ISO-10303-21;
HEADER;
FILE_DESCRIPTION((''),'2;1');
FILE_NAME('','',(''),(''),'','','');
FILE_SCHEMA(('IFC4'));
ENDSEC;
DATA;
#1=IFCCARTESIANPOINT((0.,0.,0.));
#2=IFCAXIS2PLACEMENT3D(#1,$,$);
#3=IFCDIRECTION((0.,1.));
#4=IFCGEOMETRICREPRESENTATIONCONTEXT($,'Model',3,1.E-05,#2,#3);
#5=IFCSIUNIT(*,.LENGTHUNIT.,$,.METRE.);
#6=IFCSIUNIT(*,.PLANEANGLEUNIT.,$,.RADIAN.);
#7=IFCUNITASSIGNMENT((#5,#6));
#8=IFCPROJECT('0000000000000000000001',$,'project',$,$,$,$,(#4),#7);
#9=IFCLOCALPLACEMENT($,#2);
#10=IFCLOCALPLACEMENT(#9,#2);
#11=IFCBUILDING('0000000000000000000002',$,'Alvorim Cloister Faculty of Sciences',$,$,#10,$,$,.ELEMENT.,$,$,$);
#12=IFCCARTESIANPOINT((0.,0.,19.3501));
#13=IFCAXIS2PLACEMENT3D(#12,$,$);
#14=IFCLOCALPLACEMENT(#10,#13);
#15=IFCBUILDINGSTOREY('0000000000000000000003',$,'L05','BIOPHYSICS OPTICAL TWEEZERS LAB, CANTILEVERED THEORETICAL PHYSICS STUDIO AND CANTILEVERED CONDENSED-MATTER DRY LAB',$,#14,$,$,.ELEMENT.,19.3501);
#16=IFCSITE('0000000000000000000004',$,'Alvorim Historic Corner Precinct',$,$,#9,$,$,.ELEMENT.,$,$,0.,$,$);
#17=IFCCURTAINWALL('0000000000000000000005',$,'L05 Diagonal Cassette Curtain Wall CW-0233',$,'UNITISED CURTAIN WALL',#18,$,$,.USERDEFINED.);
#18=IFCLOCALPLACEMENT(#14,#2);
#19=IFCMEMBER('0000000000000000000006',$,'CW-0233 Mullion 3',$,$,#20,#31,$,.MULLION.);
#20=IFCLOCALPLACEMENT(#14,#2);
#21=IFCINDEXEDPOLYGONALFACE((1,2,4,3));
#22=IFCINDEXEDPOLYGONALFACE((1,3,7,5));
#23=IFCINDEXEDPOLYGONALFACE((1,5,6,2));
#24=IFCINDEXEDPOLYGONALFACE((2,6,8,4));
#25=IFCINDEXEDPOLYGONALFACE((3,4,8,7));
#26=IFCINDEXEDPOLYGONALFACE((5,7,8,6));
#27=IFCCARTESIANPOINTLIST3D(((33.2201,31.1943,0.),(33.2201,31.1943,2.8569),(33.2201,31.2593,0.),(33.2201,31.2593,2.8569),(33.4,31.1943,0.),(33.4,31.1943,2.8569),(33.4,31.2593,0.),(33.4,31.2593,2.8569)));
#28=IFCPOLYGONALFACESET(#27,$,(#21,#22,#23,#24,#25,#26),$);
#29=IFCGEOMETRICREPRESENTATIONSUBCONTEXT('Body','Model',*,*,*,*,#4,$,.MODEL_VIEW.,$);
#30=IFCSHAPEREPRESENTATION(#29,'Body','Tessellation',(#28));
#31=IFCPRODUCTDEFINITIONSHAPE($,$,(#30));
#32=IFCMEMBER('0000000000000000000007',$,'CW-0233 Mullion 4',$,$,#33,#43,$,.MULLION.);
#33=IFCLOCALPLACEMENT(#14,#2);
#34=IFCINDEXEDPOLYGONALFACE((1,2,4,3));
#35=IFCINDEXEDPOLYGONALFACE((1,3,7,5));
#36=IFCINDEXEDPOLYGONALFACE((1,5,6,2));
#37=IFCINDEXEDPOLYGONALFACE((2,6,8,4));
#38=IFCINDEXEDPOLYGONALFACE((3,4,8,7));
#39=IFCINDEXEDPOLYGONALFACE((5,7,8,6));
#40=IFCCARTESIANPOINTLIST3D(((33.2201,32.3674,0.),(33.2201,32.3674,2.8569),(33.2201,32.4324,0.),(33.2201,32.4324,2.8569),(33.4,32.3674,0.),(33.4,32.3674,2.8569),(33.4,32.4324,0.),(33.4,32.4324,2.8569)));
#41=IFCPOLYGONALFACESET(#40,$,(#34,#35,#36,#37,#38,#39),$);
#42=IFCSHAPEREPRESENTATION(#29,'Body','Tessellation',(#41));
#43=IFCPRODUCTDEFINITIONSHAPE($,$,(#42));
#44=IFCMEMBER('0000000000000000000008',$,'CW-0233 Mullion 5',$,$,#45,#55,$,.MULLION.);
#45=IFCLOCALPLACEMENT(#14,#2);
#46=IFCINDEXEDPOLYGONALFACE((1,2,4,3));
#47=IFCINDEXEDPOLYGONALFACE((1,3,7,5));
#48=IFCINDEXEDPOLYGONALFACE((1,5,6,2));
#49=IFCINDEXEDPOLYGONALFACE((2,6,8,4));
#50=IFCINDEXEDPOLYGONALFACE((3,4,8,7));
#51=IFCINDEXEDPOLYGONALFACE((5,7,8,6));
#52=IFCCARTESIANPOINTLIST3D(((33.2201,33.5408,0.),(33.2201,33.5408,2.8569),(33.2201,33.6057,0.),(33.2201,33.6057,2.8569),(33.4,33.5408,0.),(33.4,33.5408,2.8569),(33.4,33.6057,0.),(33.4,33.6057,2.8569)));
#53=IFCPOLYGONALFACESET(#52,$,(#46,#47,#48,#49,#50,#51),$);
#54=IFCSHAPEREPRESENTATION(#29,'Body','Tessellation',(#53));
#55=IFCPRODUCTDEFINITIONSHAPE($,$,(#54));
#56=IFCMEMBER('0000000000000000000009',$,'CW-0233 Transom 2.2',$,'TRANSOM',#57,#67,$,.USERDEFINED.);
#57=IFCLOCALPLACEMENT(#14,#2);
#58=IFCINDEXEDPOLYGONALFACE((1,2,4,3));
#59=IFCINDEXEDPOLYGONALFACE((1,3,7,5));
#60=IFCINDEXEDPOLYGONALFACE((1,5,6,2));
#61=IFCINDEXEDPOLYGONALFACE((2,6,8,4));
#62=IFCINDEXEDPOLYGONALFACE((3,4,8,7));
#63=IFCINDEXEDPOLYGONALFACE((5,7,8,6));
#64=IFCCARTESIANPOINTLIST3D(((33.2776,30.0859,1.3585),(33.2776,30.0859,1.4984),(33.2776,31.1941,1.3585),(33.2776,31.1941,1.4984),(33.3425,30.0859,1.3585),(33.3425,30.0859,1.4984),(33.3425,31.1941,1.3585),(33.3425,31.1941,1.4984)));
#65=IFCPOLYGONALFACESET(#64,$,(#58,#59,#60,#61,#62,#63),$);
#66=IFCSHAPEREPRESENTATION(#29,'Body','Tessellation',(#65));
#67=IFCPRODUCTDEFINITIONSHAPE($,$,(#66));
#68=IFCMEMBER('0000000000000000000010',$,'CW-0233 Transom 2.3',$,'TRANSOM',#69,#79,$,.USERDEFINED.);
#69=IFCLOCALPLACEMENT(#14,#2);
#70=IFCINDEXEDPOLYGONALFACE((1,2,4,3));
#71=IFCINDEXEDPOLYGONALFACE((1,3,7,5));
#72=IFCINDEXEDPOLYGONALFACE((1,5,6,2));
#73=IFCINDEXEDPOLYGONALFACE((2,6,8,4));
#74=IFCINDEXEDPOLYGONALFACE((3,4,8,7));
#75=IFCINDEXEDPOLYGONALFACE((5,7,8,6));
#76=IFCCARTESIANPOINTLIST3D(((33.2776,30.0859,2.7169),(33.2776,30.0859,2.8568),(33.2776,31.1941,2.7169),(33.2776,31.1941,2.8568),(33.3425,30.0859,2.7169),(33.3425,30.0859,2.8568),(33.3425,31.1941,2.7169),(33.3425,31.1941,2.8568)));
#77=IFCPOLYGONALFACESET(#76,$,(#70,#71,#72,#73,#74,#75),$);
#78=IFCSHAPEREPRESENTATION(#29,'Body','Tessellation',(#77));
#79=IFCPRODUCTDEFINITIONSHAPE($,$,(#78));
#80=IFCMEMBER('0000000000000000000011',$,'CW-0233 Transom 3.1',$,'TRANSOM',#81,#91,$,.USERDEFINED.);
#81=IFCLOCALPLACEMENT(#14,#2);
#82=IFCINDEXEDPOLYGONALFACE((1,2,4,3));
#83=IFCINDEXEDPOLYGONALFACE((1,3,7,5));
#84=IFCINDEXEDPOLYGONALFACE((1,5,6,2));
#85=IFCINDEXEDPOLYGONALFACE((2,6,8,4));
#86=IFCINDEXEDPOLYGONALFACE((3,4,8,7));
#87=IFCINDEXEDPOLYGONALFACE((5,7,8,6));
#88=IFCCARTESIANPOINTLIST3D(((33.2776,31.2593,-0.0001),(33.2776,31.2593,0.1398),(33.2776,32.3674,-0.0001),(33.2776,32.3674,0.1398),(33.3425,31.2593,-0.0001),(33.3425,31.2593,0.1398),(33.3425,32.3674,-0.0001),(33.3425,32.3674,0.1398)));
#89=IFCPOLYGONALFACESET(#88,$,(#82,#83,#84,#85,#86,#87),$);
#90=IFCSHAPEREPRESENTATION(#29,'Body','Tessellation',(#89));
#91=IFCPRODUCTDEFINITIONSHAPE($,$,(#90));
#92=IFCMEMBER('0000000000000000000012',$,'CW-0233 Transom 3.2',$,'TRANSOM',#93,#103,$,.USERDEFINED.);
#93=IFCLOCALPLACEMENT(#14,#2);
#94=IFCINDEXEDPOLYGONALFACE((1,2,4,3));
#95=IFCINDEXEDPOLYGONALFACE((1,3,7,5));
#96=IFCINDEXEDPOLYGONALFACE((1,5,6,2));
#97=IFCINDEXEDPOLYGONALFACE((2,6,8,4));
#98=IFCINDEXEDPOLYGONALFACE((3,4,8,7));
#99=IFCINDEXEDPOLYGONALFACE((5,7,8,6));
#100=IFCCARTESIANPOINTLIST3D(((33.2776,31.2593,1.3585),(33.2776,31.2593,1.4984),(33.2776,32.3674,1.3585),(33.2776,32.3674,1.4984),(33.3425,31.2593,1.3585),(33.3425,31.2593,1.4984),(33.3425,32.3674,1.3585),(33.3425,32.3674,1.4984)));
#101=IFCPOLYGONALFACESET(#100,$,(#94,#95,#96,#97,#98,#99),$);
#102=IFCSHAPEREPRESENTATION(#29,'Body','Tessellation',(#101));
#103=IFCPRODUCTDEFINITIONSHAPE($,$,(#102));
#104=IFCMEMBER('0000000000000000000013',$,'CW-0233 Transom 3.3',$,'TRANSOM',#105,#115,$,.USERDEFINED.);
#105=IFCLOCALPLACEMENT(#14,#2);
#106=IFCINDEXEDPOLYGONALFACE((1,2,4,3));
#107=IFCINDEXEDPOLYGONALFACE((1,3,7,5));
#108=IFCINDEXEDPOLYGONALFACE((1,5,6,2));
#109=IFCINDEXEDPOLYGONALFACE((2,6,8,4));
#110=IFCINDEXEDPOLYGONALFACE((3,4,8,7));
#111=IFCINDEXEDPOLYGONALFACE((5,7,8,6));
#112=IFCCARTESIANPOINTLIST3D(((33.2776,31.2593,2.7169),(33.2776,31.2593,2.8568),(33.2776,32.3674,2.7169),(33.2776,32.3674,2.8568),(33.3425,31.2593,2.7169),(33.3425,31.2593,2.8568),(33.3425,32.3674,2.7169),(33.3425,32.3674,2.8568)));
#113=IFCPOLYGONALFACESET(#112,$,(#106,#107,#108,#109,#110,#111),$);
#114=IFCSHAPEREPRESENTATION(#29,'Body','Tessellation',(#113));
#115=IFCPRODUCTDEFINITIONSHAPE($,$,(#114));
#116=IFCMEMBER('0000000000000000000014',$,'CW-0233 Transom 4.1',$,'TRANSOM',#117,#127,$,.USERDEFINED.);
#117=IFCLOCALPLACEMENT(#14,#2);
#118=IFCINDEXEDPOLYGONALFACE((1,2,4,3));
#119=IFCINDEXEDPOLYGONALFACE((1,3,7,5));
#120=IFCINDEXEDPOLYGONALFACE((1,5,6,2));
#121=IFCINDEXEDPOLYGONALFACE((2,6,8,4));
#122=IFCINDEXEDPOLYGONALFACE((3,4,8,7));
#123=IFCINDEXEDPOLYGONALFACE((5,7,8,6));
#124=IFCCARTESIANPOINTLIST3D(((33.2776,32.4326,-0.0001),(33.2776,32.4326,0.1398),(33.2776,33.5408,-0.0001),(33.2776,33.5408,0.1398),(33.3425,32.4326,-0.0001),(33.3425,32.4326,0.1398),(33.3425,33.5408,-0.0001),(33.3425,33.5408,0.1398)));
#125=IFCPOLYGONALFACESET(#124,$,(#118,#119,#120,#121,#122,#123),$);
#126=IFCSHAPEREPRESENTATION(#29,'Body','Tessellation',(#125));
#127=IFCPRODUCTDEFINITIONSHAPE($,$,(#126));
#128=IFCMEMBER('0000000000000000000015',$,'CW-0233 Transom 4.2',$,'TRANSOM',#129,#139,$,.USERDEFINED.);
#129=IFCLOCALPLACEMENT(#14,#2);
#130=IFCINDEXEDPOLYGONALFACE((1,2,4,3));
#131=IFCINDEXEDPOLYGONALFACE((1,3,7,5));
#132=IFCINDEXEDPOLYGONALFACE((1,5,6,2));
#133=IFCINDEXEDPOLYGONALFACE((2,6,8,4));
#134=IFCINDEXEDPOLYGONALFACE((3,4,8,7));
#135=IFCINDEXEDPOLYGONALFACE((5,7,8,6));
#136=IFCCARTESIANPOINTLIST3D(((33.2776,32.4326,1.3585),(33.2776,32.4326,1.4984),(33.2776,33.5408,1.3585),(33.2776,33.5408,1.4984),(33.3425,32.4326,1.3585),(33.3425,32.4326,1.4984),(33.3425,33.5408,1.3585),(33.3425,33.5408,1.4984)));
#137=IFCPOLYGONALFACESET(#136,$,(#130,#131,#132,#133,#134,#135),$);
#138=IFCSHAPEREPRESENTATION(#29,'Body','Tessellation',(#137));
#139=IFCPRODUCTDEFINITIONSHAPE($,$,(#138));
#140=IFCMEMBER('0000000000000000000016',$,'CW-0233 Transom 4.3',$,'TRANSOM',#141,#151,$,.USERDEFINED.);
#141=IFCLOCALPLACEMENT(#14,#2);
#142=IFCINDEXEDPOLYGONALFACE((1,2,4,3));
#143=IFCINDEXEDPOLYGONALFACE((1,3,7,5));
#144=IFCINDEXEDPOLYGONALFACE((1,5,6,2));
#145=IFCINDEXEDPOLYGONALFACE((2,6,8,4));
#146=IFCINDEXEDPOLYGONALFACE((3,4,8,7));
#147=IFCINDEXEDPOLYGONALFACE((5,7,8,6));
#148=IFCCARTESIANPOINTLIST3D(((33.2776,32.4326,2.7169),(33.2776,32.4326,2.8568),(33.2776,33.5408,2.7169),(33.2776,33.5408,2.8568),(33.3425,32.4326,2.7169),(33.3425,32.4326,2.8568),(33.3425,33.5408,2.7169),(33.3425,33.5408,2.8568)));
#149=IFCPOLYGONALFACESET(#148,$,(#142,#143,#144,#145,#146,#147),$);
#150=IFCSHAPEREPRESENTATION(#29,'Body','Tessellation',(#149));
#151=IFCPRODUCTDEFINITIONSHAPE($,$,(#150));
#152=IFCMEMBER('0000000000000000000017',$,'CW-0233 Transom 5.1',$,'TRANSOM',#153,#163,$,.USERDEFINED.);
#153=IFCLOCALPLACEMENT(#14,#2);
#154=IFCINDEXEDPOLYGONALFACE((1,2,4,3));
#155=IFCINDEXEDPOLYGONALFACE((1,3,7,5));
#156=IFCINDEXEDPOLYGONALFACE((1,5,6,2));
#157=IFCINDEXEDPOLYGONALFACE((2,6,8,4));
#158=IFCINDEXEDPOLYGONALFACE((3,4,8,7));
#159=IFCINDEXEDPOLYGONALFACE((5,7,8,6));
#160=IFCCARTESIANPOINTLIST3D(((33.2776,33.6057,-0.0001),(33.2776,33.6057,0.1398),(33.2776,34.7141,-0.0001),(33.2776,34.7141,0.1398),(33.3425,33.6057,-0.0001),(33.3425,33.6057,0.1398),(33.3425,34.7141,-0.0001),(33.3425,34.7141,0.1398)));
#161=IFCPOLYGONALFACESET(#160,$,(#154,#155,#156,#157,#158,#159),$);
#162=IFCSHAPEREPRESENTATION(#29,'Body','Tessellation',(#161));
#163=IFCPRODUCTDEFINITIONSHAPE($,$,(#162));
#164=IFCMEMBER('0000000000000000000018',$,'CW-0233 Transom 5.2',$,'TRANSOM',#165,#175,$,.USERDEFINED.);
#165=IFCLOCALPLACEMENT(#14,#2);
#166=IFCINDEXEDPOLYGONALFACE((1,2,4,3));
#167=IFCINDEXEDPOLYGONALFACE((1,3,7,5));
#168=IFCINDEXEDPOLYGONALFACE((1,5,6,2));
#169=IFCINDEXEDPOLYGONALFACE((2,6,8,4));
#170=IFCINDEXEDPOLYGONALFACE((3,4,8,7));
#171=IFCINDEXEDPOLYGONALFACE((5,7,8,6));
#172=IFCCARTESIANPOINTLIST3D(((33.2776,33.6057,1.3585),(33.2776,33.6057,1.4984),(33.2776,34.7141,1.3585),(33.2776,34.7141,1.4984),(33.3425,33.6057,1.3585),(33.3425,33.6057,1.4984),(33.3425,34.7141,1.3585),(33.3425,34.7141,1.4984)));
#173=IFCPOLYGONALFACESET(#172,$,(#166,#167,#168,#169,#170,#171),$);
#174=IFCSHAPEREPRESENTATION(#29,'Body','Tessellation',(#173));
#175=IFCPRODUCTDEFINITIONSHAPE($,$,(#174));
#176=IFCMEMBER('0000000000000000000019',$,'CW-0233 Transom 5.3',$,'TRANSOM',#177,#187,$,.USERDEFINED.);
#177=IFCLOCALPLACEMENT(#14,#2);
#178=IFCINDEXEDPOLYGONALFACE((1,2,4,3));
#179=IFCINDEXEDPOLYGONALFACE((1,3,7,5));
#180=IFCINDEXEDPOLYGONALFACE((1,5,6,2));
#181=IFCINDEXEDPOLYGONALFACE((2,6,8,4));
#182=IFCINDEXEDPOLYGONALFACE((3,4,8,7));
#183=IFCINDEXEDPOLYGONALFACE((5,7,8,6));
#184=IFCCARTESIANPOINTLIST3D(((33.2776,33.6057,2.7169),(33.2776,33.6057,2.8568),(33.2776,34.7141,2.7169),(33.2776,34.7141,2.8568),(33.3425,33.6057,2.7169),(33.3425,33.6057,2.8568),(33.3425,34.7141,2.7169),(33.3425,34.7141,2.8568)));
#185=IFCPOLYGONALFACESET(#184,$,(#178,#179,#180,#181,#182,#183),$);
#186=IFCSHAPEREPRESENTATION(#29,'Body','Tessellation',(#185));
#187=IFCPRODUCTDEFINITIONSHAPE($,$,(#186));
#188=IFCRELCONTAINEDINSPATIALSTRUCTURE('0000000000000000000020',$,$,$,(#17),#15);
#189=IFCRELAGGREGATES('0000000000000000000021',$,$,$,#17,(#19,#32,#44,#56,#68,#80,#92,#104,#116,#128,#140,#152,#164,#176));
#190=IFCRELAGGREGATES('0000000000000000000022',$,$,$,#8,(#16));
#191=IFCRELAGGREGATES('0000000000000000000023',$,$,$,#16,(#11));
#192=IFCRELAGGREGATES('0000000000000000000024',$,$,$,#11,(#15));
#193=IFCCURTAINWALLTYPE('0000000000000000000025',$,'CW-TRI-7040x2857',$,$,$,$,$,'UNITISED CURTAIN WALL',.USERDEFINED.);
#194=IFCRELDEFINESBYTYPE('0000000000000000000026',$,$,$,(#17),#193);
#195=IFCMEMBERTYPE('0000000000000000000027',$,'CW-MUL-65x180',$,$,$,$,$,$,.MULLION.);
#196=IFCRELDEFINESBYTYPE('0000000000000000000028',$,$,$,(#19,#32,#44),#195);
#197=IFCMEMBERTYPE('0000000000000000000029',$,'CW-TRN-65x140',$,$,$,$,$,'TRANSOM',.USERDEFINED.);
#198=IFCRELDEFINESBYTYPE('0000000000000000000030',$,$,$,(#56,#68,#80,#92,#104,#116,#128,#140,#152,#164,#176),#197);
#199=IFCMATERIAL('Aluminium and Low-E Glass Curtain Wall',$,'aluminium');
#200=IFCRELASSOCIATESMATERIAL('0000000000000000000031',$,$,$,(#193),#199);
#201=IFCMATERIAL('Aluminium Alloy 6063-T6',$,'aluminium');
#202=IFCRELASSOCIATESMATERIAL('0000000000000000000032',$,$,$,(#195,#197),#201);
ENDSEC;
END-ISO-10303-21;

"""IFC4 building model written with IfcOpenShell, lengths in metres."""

from ifc_helpers import new_model, si_unit, direction, frame, origin, origin_2d, place, context, subcontext, project, spatial, rectangle, extrude, material, material_profile, profile_set, type_object, element, aggregate, save


model = new_model("IFC4")

# Units and contexts
model_context = context("Model", 3, precision=1e-05, world=origin(), true_north=direction((0.0, 1.0)))
body_context = subcontext(model_context, "Body", "Model", "MODEL_VIEW")
ifc_project = project(units=[si_unit("LENGTHUNIT", "METRE"), si_unit("PLANEANGLEUNIT", "RADIAN")], contexts=[model_context])

# Site, building, storey
site_placement = place(None, origin())
site = spatial("IfcSite", under=ifc_project, at=site_placement, Name="Alvorim Historic Corner Precinct", CompositionType="ELEMENT", RefElevation=0.0)
building_placement = place(site_placement, origin())
building = spatial("IfcBuilding", under=site, at=building_placement, Name="Alvorim Cloister Faculty of Sciences", CompositionType="ELEMENT")
storey_placement = place(building_placement, frame((0.0, 0.0, 19.3501)))
storey = spatial("IfcBuildingStorey", under=building, at=storey_placement, Name="L05", Description="BIOPHYSICS OPTICAL TWEEZERS LAB, CANTILEVERED THEORETICAL PHYSICS STUDIO AND CANTILEVERED CONDENSED-MATTER DRY LAB", CompositionType="ELEMENT", Elevation=19.3501)

# Curtain wall, members
ifc_material_1 = material(Name="Aluminium and Low-E Glass Curtain Wall", Category="aluminium")
curtain_wall_type = type_object("IfcCurtainWallType", Name="CW-TRI-7040x2857", ElementType="UNITISED CURTAIN WALL", PredefinedType="USERDEFINED", material=ifc_material_1)
curtain_wall_placement = place(storey_placement, origin())
curtain_wall = element("IfcCurtainWall", 1, at=curtain_wall_placement, inside=storey, type_object=curtain_wall_type, Name="L05 Diagonal Cassette Curtain Wall CW-0233", ObjectType="UNITISED CURTAIN WALL", PredefinedType="USERDEFINED")
ifc_material_2 = material(Name="Aluminium Alloy 6063-T6", Category="aluminium")
ifc_material_profile_1 = material_profile(ifc_material_2, rectangle(XDim=0.0649, YDim=0.1799, at=origin_2d()), Name="ALU-MUL-65x180")
ifc_profile_set_1 = profile_set([ifc_material_profile_1], Name="Aluminium Alloy 6063-T6")
member_type_1 = type_object("IfcMemberType", Name="CW-MUL-65x180", PredefinedType="MULLION", material=ifc_profile_set_1)
member_1_placement = place(storey_placement, frame((33.3101, 31.2268, 0.0), z_axis=(0.0, 0.0, 1.0), x_axis=(0.0, 1.0, 0.0)))
member_1 = element("IfcMember", 2, at=member_1_placement, type_object=member_type_1, Name="CW-0233 Mullion 3", PredefinedType="MULLION", context=body_context, shape_type="SweptSolid", body=[
    extrude(rectangle(XDim=0.0649, YDim=0.1799, at=origin_2d()), origin(), (0.0, 0.0, 1.0), 2.8569),
])
member_2_placement = place(storey_placement, frame((33.3101, 32.3999, 0.0), z_axis=(0.0, 0.0, 1.0), x_axis=(0.0, 1.0, 0.0)))
member_2 = element("IfcMember", 3, at=member_2_placement, type_object=member_type_1, Name="CW-0233 Mullion 4", PredefinedType="MULLION", context=body_context, shape_type="SweptSolid", body=[
    extrude(rectangle(XDim=0.0649, YDim=0.1799, at=origin_2d()), origin(), (0.0, 0.0, 1.0), 2.8569),
])
member_3_placement = place(storey_placement, frame((33.3101, 33.5732, 0.0), z_axis=(0.0, 0.0, 1.0), x_axis=(0.0, 1.0, 0.0)))
member_3 = element("IfcMember", 4, at=member_3_placement, type_object=member_type_1, Name="CW-0233 Mullion 5", PredefinedType="MULLION", context=body_context, shape_type="SweptSolid", body=[
    extrude(rectangle(XDim=0.0649, YDim=0.1799, at=origin_2d()), origin(), (0.0, 0.0, 1.0), 2.8569),
])
ifc_material_profile_2 = material_profile(ifc_material_2, rectangle(XDim=0.0649, YDim=0.1399, at=origin_2d()), Name="ALU-TRN-65x140")
ifc_profile_set_2 = profile_set([ifc_material_profile_2], Name="Aluminium Alloy 6063-T6")
member_type_2 = type_object("IfcMemberType", Name="CW-TRN-65x140", ElementType="TRANSOM", PredefinedType="USERDEFINED", material=ifc_profile_set_2)
member_4_placement = place(storey_placement, frame((33.3101, 30.0859, 1.4285), z_axis=(0.0, 1.0, 0.0), x_axis=(-1.0, 0.0, 0.0)))
member_4 = element("IfcMember", 5, at=member_4_placement, type_object=member_type_2, Name="CW-0233 Transom 2.2", ObjectType="TRANSOM", PredefinedType="USERDEFINED", context=body_context, shape_type="SweptSolid", body=[
    extrude(rectangle(XDim=0.0649, YDim=0.1399, at=origin_2d()), origin(), (0.0, 0.0, 1.0), 1.1082),
])
member_5_placement = place(storey_placement, frame((33.3101, 30.0859, 2.7869), z_axis=(0.0, 1.0, 0.0), x_axis=(-1.0, 0.0, 0.0)))
member_5 = element("IfcMember", 6, at=member_5_placement, type_object=member_type_2, Name="CW-0233 Transom 2.3", ObjectType="TRANSOM", PredefinedType="USERDEFINED", context=body_context, shape_type="SweptSolid", body=[
    extrude(rectangle(XDim=0.0649, YDim=0.1399, at=origin_2d()), origin(), (0.0, 0.0, 1.0), 1.1082),
])
member_6_placement = place(storey_placement, frame((33.3101, 31.2593, 0.0698), z_axis=(0.0, 1.0, 0.0), x_axis=(-1.0, 0.0, 0.0)))
member_6 = element("IfcMember", 7, at=member_6_placement, type_object=member_type_2, Name="CW-0233 Transom 3.1", ObjectType="TRANSOM", PredefinedType="USERDEFINED", context=body_context, shape_type="SweptSolid", body=[
    extrude(rectangle(XDim=0.0649, YDim=0.1399, at=origin_2d()), origin(), (0.0, 0.0, 1.0), 1.1082),
])
member_7_placement = place(storey_placement, frame((33.3101, 31.2593, 1.4285), z_axis=(0.0, 1.0, 0.0), x_axis=(-1.0, 0.0, 0.0)))
member_7 = element("IfcMember", 8, at=member_7_placement, type_object=member_type_2, Name="CW-0233 Transom 3.2", ObjectType="TRANSOM", PredefinedType="USERDEFINED", context=body_context, shape_type="SweptSolid", body=[
    extrude(rectangle(XDim=0.0649, YDim=0.1399, at=origin_2d()), origin(), (0.0, 0.0, 1.0), 1.1082),
])
member_8_placement = place(storey_placement, frame((33.3101, 31.2593, 2.7869), z_axis=(0.0, 1.0, 0.0), x_axis=(-1.0, 0.0, 0.0)))
member_8 = element("IfcMember", 9, at=member_8_placement, type_object=member_type_2, Name="CW-0233 Transom 3.3", ObjectType="TRANSOM", PredefinedType="USERDEFINED", context=body_context, shape_type="SweptSolid", body=[
    extrude(rectangle(XDim=0.0649, YDim=0.1399, at=origin_2d()), origin(), (0.0, 0.0, 1.0), 1.1082),
])
member_9_placement = place(storey_placement, frame((33.3101, 32.4326, 0.0698), z_axis=(0.0, 1.0, 0.0), x_axis=(-1.0, 0.0, 0.0)))
member_9 = element("IfcMember", 10, at=member_9_placement, type_object=member_type_2, Name="CW-0233 Transom 4.1", ObjectType="TRANSOM", PredefinedType="USERDEFINED", context=body_context, shape_type="SweptSolid", body=[
    extrude(rectangle(XDim=0.0649, YDim=0.1399, at=origin_2d()), origin(), (0.0, 0.0, 1.0), 1.1082),
])
member_10_placement = place(storey_placement, frame((33.3101, 32.4326, 1.4285), z_axis=(0.0, 1.0, 0.0), x_axis=(-1.0, 0.0, 0.0)))
member_10 = element("IfcMember", 11, at=member_10_placement, type_object=member_type_2, Name="CW-0233 Transom 4.2", ObjectType="TRANSOM", PredefinedType="USERDEFINED", context=body_context, shape_type="SweptSolid", body=[
    extrude(rectangle(XDim=0.0649, YDim=0.1399, at=origin_2d()), origin(), (0.0, 0.0, 1.0), 1.1082),
])
member_11_placement = place(storey_placement, frame((33.3101, 32.4326, 2.7869), z_axis=(0.0, 1.0, 0.0), x_axis=(-1.0, 0.0, 0.0)))
member_11 = element("IfcMember", 12, at=member_11_placement, type_object=member_type_2, Name="CW-0233 Transom 4.3", ObjectType="TRANSOM", PredefinedType="USERDEFINED", context=body_context, shape_type="SweptSolid", body=[
    extrude(rectangle(XDim=0.0649, YDim=0.1399, at=origin_2d()), origin(), (0.0, 0.0, 1.0), 1.1082),
])
member_12_placement = place(storey_placement, frame((33.3101, 33.6057, 0.0698), z_axis=(0.0, 1.0, 0.0), x_axis=(-1.0, 0.0, 0.0)))
member_12 = element("IfcMember", 13, at=member_12_placement, type_object=member_type_2, Name="CW-0233 Transom 5.1", ObjectType="TRANSOM", PredefinedType="USERDEFINED", context=body_context, shape_type="SweptSolid", body=[
    extrude(rectangle(XDim=0.0649, YDim=0.1399, at=origin_2d()), origin(), (0.0, 0.0, 1.0), 1.1084),
])
member_13_placement = place(storey_placement, frame((33.3101, 33.6057, 1.4285), z_axis=(0.0, 1.0, 0.0), x_axis=(-1.0, 0.0, 0.0)))
member_13 = element("IfcMember", 14, at=member_13_placement, type_object=member_type_2, Name="CW-0233 Transom 5.2", ObjectType="TRANSOM", PredefinedType="USERDEFINED", context=body_context, shape_type="SweptSolid", body=[
    extrude(rectangle(XDim=0.0649, YDim=0.1399, at=origin_2d()), origin(), (0.0, 0.0, 1.0), 1.1084),
])
member_14_placement = place(storey_placement, frame((33.3101, 33.6057, 2.7869), z_axis=(0.0, 1.0, 0.0), x_axis=(-1.0, 0.0, 0.0)))
member_14 = element("IfcMember", 15, at=member_14_placement, type_object=member_type_2, Name="CW-0233 Transom 5.3", ObjectType="TRANSOM", PredefinedType="USERDEFINED", context=body_context, shape_type="SweptSolid", body=[
    extrude(rectangle(XDim=0.0649, YDim=0.1399, at=origin_2d()), origin(), (0.0, 0.0, 1.0), 1.1084),
])
aggregate(curtain_wall, [member_1, member_2, member_3, member_4, member_5, member_6, member_7, member_8, member_9, member_10, member_11, member_12, member_13, member_14])

save(model, "model.ifc")
